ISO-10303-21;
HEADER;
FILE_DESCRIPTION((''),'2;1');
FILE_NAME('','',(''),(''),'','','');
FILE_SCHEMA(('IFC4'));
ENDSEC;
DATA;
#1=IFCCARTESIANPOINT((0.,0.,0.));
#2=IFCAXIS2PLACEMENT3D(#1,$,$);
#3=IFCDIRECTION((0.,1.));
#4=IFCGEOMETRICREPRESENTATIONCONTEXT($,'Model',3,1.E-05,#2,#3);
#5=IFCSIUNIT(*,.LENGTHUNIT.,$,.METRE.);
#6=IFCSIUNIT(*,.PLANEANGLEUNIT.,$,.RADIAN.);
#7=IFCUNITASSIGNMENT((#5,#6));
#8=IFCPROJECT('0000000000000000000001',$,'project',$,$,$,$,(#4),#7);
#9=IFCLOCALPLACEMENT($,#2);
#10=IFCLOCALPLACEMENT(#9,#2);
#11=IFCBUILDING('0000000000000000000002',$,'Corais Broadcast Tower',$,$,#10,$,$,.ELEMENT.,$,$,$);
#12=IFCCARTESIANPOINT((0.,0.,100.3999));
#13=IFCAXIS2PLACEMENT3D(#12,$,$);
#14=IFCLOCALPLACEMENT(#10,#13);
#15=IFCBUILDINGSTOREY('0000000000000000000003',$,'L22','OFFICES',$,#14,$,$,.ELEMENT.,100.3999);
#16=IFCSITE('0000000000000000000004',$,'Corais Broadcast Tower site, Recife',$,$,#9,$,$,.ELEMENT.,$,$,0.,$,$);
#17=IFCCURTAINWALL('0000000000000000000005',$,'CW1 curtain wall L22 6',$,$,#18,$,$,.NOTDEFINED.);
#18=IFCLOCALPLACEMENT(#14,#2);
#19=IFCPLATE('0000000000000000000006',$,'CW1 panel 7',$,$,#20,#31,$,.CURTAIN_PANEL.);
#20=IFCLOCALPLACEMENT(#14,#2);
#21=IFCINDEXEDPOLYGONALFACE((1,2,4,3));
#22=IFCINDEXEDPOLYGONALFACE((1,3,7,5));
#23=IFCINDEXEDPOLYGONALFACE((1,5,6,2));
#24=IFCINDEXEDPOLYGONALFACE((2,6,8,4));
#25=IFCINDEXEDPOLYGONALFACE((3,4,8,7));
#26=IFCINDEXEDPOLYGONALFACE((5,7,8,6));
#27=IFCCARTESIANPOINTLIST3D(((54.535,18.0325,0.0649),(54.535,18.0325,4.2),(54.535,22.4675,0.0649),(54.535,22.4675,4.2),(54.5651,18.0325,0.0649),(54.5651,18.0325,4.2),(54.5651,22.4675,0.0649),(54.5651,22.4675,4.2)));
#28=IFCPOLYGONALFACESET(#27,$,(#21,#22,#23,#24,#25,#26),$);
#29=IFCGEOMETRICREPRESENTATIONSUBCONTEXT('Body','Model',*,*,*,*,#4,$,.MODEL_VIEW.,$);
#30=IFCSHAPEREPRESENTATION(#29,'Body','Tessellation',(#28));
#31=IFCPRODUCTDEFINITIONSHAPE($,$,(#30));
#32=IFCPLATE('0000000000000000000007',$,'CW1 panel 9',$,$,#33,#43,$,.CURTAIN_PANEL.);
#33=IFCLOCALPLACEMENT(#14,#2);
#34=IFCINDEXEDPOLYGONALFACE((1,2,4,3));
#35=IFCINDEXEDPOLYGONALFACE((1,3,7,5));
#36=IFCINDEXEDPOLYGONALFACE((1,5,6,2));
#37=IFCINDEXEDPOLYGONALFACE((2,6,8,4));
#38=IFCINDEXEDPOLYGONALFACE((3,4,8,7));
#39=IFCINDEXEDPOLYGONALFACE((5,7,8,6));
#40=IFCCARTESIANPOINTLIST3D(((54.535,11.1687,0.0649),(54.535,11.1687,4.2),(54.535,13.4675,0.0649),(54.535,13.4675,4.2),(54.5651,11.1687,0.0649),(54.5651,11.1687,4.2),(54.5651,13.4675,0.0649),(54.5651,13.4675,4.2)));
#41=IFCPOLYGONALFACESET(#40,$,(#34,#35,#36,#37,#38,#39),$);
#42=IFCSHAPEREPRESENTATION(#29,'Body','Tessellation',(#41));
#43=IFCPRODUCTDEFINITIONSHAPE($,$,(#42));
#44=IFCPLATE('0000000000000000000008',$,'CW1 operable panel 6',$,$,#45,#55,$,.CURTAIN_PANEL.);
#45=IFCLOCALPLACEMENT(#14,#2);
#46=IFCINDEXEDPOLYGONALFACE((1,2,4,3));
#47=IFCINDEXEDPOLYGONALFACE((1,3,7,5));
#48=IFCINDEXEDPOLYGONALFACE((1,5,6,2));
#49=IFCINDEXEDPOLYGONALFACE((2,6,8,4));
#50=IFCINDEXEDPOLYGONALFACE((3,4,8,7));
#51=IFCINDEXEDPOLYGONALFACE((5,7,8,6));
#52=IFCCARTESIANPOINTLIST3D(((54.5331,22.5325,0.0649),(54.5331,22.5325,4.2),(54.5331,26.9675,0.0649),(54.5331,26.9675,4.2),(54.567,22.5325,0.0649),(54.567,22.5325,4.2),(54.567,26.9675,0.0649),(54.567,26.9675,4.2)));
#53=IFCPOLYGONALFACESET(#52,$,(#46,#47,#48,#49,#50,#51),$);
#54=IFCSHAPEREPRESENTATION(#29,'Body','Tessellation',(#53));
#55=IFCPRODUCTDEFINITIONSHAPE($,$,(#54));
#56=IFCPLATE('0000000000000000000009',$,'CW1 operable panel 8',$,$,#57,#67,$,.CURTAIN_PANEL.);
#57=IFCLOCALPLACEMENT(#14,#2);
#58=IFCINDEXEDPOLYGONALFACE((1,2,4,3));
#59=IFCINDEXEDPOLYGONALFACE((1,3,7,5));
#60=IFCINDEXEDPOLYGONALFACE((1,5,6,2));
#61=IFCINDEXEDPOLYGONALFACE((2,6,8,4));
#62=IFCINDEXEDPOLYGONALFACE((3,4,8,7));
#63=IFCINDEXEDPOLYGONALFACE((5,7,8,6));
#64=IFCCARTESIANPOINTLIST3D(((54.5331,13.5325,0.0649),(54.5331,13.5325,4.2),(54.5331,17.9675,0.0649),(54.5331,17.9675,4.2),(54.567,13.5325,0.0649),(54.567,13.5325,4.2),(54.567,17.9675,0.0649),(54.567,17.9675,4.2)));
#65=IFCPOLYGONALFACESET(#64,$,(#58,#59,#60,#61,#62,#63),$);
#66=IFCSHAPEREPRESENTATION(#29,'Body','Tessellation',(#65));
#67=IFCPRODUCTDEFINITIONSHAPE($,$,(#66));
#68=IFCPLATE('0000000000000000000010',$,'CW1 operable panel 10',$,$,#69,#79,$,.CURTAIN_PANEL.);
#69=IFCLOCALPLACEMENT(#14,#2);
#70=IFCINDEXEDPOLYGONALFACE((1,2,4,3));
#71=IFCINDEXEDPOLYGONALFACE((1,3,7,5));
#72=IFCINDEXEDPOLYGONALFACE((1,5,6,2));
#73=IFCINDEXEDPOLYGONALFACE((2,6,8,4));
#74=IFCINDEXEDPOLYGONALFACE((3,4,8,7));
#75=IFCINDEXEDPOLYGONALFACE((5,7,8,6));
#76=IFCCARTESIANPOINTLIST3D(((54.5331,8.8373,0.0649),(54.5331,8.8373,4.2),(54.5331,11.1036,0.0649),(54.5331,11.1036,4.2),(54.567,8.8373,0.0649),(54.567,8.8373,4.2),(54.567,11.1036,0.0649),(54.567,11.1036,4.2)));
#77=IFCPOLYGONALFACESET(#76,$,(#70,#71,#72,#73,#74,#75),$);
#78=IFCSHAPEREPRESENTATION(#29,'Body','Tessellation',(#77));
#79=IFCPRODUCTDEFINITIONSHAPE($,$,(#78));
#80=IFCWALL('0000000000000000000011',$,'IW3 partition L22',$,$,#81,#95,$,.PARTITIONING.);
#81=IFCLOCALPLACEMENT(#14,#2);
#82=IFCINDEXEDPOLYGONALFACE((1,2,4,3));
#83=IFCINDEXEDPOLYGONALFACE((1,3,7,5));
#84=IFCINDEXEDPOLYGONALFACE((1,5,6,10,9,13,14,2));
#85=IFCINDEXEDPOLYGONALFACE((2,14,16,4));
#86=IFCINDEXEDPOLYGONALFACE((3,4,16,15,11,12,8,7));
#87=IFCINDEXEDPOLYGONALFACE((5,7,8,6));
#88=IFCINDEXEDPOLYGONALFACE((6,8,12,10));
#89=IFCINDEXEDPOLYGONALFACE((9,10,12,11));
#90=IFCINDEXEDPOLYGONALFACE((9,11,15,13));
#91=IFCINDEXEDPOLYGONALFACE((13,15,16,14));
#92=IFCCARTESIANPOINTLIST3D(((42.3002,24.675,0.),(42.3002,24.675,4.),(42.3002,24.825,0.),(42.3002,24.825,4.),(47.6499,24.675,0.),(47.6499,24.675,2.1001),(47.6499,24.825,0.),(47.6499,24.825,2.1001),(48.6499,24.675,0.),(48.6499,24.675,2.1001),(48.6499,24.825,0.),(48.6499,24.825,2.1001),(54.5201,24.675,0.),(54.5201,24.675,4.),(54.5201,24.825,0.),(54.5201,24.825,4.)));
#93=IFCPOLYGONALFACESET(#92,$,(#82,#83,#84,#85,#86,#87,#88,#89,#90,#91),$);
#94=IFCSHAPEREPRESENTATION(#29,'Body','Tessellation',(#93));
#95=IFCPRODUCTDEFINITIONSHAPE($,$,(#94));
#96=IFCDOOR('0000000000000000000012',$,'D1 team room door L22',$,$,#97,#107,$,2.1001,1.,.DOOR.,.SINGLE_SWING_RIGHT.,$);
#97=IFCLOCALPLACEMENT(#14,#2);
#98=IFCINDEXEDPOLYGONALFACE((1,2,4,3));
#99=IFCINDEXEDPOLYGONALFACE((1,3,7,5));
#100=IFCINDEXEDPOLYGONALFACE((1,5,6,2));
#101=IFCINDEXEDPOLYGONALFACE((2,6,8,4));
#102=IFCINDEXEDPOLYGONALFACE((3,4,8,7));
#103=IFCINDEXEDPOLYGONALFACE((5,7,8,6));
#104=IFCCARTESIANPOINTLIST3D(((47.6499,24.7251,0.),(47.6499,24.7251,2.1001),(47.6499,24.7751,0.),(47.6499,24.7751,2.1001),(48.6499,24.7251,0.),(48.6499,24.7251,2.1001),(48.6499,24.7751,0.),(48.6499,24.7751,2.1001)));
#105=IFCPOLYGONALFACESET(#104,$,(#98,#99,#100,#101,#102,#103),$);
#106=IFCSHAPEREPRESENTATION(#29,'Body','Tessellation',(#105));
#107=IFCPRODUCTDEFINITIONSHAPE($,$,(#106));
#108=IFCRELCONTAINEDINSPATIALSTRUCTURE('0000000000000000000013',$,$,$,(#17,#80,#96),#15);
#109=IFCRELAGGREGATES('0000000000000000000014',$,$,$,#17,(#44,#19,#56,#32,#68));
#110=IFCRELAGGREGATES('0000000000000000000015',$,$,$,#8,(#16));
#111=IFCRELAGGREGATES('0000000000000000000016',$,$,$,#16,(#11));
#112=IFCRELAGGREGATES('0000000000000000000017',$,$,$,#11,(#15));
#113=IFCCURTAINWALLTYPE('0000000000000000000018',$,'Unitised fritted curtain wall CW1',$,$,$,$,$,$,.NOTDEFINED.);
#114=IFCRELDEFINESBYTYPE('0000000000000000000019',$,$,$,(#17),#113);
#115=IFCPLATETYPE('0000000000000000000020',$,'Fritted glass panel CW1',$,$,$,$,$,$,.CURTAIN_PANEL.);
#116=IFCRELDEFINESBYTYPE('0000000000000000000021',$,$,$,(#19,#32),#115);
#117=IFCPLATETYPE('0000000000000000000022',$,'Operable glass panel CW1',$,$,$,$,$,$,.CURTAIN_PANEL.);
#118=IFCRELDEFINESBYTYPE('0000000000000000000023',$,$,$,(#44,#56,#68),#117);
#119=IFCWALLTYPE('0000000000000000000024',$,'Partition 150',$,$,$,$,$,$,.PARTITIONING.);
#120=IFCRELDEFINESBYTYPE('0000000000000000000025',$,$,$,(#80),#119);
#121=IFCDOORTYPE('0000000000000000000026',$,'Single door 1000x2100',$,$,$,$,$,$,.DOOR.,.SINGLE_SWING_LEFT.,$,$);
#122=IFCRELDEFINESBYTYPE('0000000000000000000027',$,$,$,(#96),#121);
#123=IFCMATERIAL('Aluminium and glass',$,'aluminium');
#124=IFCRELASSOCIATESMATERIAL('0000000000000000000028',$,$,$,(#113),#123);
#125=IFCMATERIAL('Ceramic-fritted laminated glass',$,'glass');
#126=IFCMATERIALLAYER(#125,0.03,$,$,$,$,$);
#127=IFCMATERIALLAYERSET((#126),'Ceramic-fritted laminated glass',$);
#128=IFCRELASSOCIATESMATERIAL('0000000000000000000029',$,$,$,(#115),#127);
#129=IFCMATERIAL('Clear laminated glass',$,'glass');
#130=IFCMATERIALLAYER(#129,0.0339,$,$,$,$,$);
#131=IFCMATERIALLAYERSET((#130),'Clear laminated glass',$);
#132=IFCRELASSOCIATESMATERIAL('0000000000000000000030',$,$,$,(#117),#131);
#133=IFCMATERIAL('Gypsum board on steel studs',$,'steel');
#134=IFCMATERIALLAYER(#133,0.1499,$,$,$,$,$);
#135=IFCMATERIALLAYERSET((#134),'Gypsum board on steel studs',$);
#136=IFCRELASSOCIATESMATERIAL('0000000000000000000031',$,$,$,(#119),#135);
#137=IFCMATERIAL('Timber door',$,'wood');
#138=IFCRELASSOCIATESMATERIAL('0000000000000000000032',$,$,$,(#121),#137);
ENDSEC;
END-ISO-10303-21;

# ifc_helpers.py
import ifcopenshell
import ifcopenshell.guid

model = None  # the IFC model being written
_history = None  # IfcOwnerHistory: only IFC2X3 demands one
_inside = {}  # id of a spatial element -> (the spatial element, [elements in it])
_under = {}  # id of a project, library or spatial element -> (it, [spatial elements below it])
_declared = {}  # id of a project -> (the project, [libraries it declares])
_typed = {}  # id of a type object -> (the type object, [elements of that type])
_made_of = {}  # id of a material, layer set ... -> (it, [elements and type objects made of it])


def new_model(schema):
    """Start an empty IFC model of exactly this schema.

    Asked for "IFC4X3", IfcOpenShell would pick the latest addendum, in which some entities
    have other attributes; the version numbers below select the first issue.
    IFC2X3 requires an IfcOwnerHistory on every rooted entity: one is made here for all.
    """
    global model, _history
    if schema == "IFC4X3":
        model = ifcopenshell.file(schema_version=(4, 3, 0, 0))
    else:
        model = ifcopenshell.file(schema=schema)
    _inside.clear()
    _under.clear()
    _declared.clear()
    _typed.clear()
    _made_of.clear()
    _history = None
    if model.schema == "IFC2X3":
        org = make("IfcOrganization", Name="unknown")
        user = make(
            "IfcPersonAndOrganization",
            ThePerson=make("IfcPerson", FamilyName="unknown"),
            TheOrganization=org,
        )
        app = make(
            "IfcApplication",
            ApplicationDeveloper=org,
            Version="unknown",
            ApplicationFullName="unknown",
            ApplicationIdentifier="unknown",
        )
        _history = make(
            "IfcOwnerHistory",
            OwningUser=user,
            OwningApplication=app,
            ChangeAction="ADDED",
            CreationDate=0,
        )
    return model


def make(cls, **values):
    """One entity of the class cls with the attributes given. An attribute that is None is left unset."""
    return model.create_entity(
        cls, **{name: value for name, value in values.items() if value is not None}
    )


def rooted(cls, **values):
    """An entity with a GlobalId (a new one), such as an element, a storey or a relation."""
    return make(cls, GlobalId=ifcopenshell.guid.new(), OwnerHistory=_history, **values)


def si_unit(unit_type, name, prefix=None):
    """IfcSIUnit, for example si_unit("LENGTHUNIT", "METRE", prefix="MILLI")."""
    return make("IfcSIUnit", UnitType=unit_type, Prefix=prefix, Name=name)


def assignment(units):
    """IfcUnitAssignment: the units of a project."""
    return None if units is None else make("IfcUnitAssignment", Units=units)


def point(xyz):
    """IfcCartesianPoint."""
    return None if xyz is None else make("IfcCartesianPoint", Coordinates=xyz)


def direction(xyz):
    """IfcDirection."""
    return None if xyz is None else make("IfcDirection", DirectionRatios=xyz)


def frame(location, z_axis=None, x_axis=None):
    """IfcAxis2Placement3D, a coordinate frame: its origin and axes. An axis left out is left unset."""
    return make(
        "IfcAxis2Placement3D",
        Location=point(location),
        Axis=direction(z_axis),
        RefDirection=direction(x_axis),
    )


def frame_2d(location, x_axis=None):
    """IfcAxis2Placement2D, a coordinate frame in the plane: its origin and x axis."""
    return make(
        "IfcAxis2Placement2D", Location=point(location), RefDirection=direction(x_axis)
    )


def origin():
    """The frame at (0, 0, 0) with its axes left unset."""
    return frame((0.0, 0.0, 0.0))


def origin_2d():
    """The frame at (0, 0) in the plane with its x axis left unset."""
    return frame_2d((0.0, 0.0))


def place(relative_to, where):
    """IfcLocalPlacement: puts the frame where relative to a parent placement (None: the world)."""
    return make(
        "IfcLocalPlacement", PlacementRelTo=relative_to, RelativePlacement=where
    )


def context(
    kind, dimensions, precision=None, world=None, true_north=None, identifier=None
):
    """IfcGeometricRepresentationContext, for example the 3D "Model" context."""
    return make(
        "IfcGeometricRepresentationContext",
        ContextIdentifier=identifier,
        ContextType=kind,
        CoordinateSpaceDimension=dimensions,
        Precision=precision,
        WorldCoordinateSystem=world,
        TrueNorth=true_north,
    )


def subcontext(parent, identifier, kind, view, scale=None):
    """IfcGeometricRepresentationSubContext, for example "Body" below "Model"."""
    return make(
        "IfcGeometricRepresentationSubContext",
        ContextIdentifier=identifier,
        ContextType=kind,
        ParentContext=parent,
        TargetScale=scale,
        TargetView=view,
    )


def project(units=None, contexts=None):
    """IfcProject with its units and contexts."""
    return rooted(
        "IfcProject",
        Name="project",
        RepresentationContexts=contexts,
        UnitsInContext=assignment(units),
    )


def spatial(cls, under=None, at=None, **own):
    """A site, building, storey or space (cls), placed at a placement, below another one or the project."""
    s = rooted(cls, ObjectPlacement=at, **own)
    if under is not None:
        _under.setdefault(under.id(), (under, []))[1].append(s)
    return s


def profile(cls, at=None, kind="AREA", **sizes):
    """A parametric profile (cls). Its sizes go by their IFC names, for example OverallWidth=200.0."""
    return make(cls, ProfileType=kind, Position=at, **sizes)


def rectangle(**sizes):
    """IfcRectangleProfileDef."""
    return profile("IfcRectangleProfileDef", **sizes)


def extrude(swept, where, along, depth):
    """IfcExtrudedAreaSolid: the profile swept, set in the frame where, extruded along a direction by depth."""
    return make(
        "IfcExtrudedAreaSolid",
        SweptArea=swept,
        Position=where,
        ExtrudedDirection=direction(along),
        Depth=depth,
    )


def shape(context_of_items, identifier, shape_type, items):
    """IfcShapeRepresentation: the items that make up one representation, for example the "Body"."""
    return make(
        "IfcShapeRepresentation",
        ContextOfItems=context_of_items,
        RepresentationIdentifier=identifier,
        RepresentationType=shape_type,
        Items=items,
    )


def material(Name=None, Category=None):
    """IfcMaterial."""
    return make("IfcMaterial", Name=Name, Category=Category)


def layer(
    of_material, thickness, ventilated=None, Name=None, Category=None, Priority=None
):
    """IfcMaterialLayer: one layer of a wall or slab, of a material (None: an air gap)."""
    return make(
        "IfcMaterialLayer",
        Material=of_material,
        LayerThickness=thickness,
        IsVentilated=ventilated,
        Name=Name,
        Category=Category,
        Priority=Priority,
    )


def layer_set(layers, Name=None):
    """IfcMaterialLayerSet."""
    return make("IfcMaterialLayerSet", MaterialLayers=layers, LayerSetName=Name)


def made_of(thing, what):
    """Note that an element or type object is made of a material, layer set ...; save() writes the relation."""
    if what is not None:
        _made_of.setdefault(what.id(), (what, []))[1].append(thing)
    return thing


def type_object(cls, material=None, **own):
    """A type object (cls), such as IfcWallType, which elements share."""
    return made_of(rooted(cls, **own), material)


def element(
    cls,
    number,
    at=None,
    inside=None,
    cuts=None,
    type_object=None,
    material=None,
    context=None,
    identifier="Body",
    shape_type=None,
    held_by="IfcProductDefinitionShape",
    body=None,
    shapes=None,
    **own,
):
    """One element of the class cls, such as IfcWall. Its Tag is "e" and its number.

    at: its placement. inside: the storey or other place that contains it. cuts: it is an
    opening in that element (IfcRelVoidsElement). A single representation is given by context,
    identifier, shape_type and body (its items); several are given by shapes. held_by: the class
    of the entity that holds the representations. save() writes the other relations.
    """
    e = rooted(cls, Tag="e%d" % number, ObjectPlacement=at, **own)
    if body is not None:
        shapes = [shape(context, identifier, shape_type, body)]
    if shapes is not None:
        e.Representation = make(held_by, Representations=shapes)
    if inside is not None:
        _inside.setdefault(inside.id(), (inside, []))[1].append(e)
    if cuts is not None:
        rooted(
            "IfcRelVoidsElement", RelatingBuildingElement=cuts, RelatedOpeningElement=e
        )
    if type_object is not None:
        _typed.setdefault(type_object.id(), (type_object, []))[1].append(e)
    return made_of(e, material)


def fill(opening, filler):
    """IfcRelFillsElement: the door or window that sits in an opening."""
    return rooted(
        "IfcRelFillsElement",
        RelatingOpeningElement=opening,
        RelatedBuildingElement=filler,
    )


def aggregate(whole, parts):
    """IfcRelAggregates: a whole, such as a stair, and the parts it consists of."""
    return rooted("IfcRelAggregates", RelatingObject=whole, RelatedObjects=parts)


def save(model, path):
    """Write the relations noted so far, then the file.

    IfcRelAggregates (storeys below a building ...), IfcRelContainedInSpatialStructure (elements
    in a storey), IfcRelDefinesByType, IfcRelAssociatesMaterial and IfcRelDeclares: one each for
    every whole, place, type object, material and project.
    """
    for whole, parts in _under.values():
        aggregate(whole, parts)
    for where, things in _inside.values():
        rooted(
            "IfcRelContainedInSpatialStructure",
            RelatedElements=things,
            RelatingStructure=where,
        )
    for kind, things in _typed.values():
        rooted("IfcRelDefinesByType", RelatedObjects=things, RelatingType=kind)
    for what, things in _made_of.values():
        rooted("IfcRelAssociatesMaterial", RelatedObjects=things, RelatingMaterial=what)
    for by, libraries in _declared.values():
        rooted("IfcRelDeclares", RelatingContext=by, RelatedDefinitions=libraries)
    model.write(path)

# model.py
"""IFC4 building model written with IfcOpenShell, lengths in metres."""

from ifc_helpers import new_model, si_unit, direction, frame, frame_2d, origin, origin_2d, place, context, subcontext, project, spatial, rectangle, extrude, material, layer, layer_set, type_object, element, fill, aggregate, save


model = new_model("IFC4")

# Units and contexts
model_context = context("Model", 3, precision=1e-05, world=origin(), true_north=direction((0.0, 1.0)))
body_context = subcontext(model_context, "Body", "Model", "MODEL_VIEW")
ifc_project = project(units=[si_unit("LENGTHUNIT", "METRE"), si_unit("PLANEANGLEUNIT", "RADIAN")], contexts=[model_context])

# Site, building, storey
site_placement = place(None, origin())
site = spatial("IfcSite", under=ifc_project, at=site_placement, Name="Corais Broadcast Tower site, Recife", CompositionType="ELEMENT", RefElevation=0.0)
building_placement = place(site_placement, origin())
building = spatial("IfcBuilding", under=site, at=building_placement, Name="Corais Broadcast Tower", CompositionType="ELEMENT")
storey_placement = place(building_placement, frame((0.0, 0.0, 100.3999)))
storey = spatial("IfcBuildingStorey", under=building, at=storey_placement, Name="L22", Description="OFFICES", CompositionType="ELEMENT", Elevation=100.3999)

# Curtain wall
ifc_material_1 = material(Name="Aluminium and glass", Category="aluminium")
curtain_wall_type = type_object("IfcCurtainWallType", Name="Unitised fritted curtain wall CW1", PredefinedType="NOTDEFINED", material=ifc_material_1)
curtain_wall_placement = place(storey_placement, origin())
curtain_wall = element("IfcCurtainWall", 1, at=curtain_wall_placement, inside=storey, type_object=curtain_wall_type, Name="CW1 curtain wall L22 6", PredefinedType="NOTDEFINED")

# Plates
ifc_material_2 = material(Name="Ceramic-fritted laminated glass", Category="glass")
ifc_layer_1 = layer(ifc_material_2, 0.03)
ifc_layer_set_1 = layer_set([ifc_layer_1], Name="Ceramic-fritted laminated glass")
plate_type_1 = type_object("IfcPlateType", Name="Fritted glass panel CW1", PredefinedType="CURTAIN_PANEL", material=ifc_layer_set_1)
plate_1_placement = place(storey_placement, frame((54.55, 20.25, 0.0649), z_axis=(0.0, 0.0, 1.0), x_axis=(0.0, -1.0, 0.0)))
plate_1 = element("IfcPlate", 2, at=plate_1_placement, type_object=plate_type_1, Name="CW1 panel 7", PredefinedType="CURTAIN_PANEL", context=body_context, shape_type="SweptSolid", body=[
    extrude(rectangle(XDim=4.4351, YDim=0.03, at=origin_2d()), origin(), (0.0, 0.0, 1.0), 4.135),
])
plate_2_placement = place(storey_placement, frame((54.55, 12.3181, 0.0649), z_axis=(0.0, 0.0, 1.0), x_axis=(0.0, -1.0, 0.0)))
plate_2 = element("IfcPlate", 3, at=plate_2_placement, type_object=plate_type_1, Name="CW1 panel 9", PredefinedType="CURTAIN_PANEL", context=body_context, shape_type="SweptSolid", body=[
    extrude(rectangle(XDim=2.2988, YDim=0.03, at=origin_2d()), origin(), (0.0, 0.0, 1.0), 4.135),
])
ifc_material_3 = material(Name="Clear laminated glass", Category="glass")
ifc_layer_2 = layer(ifc_material_3, 0.0339)
ifc_layer_set_2 = layer_set([ifc_layer_2], Name="Clear laminated glass")
plate_type_2 = type_object("IfcPlateType", Name="Operable glass panel CW1", PredefinedType="CURTAIN_PANEL", material=ifc_layer_set_2)
plate_3_placement = place(storey_placement, frame((54.55, 24.75, 0.0649), z_axis=(0.0, 0.0, 1.0), x_axis=(0.0, -1.0, 0.0)))
plate_3 = element("IfcPlate", 4, at=plate_3_placement, type_object=plate_type_2, Name="CW1 operable panel 6", PredefinedType="CURTAIN_PANEL", context=body_context, shape_type="SweptSolid", body=[
    extrude(rectangle(XDim=4.4351, YDim=0.0339, at=origin_2d()), origin(), (0.0, 0.0, 1.0), 4.135),
])
plate_4_placement = place(storey_placement, frame((54.55, 15.75, 0.0649), z_axis=(0.0, 0.0, 1.0), x_axis=(0.0, -1.0, 0.0)))
plate_4 = element("IfcPlate", 5, at=plate_4_placement, type_object=plate_type_2, Name="CW1 operable panel 8", PredefinedType="CURTAIN_PANEL", context=body_context, shape_type="SweptSolid", body=[
    extrude(rectangle(XDim=4.4351, YDim=0.0339, at=origin_2d()), origin(), (0.0, 0.0, 1.0), 4.135),
])
plate_5_placement = place(storey_placement, frame((54.55, 9.9705, 0.0649), z_axis=(0.0, 0.0, 1.0), x_axis=(0.0, -1.0, 0.0)))
plate_5 = element("IfcPlate", 6, at=plate_5_placement, type_object=plate_type_2, Name="CW1 operable panel 10", PredefinedType="CURTAIN_PANEL", context=body_context, shape_type="SweptSolid", body=[
    extrude(rectangle(XDim=2.2664, YDim=0.0339, at=origin_2d()), origin(), (0.0, 0.0, 1.0), 4.135),
])
aggregate(curtain_wall, [plate_3, plate_1, plate_4, plate_2, plate_5])

# Wall, opening, door
ifc_material_4 = material(Name="Gypsum board on steel studs", Category="steel")
ifc_layer_3 = layer(ifc_material_4, 0.1499)
ifc_layer_set_3 = layer_set([ifc_layer_3], Name="Gypsum board on steel studs")
wall_type = type_object("IfcWallType", Name="Partition 150", PredefinedType="PARTITIONING", material=ifc_layer_set_3)
wall_placement = place(storey_placement, frame((54.52, 24.75, 0.0), z_axis=(0.0, 0.0, 1.0), x_axis=(-1.0, 0.0, 0.0)))
wall = element("IfcWall", 7, at=wall_placement, inside=storey, type_object=wall_type, Name="IW3 partition L22", PredefinedType="PARTITIONING", context=body_context, shape_type="SweptSolid", body=[
    extrude(rectangle(XDim=12.22, YDim=0.1499, at=frame_2d((6.1099, 0.0))), origin(), (0.0, 0.0, 1.0), 4.0),
])
opening_placement = place(wall_placement, frame((5.8701, 0.0, 0.0)))
opening = element("IfcOpeningElement", 8, at=opening_placement, cuts=wall, PredefinedType="OPENING", context=body_context, shape_type="SweptSolid", body=[
    extrude(rectangle(XDim=1.0, YDim=2.1001, at=frame_2d((0.5, 1.05))), frame((0.0, 0.085, 0.0), z_axis=(0.0, -1.0, 0.0), x_axis=(1.0, 0.0, 0.0)), (0.0, 0.0, 1.0), 0.1699),
])
ifc_material_5 = material(Name="Timber door", Category="wood")
door_type = type_object("IfcDoorType", Name="Single door 1000x2100", OperationType="SINGLE_SWING_LEFT", PredefinedType="DOOR", material=ifc_material_5)
door_placement = place(opening_placement, origin())
door = element("IfcDoor", 9, at=door_placement, inside=storey, type_object=door_type, Name="D1 team room door L22", OperationType="SINGLE_SWING_RIGHT", OverallHeight=2.1001, OverallWidth=1.0, PredefinedType="DOOR", context=body_context, shape_type="SweptSolid", body=[
    extrude(rectangle(XDim=1.0, YDim=2.1001, at=frame_2d((0.5, 1.05))), frame((0.0, 0.0249, 0.0), z_axis=(0.0, -1.0, 0.0), x_axis=(1.0, 0.0, 0.0)), (0.0, 0.0, 1.0), 0.05),
])
fill(opening, door)

save(model, "model.ifc")
